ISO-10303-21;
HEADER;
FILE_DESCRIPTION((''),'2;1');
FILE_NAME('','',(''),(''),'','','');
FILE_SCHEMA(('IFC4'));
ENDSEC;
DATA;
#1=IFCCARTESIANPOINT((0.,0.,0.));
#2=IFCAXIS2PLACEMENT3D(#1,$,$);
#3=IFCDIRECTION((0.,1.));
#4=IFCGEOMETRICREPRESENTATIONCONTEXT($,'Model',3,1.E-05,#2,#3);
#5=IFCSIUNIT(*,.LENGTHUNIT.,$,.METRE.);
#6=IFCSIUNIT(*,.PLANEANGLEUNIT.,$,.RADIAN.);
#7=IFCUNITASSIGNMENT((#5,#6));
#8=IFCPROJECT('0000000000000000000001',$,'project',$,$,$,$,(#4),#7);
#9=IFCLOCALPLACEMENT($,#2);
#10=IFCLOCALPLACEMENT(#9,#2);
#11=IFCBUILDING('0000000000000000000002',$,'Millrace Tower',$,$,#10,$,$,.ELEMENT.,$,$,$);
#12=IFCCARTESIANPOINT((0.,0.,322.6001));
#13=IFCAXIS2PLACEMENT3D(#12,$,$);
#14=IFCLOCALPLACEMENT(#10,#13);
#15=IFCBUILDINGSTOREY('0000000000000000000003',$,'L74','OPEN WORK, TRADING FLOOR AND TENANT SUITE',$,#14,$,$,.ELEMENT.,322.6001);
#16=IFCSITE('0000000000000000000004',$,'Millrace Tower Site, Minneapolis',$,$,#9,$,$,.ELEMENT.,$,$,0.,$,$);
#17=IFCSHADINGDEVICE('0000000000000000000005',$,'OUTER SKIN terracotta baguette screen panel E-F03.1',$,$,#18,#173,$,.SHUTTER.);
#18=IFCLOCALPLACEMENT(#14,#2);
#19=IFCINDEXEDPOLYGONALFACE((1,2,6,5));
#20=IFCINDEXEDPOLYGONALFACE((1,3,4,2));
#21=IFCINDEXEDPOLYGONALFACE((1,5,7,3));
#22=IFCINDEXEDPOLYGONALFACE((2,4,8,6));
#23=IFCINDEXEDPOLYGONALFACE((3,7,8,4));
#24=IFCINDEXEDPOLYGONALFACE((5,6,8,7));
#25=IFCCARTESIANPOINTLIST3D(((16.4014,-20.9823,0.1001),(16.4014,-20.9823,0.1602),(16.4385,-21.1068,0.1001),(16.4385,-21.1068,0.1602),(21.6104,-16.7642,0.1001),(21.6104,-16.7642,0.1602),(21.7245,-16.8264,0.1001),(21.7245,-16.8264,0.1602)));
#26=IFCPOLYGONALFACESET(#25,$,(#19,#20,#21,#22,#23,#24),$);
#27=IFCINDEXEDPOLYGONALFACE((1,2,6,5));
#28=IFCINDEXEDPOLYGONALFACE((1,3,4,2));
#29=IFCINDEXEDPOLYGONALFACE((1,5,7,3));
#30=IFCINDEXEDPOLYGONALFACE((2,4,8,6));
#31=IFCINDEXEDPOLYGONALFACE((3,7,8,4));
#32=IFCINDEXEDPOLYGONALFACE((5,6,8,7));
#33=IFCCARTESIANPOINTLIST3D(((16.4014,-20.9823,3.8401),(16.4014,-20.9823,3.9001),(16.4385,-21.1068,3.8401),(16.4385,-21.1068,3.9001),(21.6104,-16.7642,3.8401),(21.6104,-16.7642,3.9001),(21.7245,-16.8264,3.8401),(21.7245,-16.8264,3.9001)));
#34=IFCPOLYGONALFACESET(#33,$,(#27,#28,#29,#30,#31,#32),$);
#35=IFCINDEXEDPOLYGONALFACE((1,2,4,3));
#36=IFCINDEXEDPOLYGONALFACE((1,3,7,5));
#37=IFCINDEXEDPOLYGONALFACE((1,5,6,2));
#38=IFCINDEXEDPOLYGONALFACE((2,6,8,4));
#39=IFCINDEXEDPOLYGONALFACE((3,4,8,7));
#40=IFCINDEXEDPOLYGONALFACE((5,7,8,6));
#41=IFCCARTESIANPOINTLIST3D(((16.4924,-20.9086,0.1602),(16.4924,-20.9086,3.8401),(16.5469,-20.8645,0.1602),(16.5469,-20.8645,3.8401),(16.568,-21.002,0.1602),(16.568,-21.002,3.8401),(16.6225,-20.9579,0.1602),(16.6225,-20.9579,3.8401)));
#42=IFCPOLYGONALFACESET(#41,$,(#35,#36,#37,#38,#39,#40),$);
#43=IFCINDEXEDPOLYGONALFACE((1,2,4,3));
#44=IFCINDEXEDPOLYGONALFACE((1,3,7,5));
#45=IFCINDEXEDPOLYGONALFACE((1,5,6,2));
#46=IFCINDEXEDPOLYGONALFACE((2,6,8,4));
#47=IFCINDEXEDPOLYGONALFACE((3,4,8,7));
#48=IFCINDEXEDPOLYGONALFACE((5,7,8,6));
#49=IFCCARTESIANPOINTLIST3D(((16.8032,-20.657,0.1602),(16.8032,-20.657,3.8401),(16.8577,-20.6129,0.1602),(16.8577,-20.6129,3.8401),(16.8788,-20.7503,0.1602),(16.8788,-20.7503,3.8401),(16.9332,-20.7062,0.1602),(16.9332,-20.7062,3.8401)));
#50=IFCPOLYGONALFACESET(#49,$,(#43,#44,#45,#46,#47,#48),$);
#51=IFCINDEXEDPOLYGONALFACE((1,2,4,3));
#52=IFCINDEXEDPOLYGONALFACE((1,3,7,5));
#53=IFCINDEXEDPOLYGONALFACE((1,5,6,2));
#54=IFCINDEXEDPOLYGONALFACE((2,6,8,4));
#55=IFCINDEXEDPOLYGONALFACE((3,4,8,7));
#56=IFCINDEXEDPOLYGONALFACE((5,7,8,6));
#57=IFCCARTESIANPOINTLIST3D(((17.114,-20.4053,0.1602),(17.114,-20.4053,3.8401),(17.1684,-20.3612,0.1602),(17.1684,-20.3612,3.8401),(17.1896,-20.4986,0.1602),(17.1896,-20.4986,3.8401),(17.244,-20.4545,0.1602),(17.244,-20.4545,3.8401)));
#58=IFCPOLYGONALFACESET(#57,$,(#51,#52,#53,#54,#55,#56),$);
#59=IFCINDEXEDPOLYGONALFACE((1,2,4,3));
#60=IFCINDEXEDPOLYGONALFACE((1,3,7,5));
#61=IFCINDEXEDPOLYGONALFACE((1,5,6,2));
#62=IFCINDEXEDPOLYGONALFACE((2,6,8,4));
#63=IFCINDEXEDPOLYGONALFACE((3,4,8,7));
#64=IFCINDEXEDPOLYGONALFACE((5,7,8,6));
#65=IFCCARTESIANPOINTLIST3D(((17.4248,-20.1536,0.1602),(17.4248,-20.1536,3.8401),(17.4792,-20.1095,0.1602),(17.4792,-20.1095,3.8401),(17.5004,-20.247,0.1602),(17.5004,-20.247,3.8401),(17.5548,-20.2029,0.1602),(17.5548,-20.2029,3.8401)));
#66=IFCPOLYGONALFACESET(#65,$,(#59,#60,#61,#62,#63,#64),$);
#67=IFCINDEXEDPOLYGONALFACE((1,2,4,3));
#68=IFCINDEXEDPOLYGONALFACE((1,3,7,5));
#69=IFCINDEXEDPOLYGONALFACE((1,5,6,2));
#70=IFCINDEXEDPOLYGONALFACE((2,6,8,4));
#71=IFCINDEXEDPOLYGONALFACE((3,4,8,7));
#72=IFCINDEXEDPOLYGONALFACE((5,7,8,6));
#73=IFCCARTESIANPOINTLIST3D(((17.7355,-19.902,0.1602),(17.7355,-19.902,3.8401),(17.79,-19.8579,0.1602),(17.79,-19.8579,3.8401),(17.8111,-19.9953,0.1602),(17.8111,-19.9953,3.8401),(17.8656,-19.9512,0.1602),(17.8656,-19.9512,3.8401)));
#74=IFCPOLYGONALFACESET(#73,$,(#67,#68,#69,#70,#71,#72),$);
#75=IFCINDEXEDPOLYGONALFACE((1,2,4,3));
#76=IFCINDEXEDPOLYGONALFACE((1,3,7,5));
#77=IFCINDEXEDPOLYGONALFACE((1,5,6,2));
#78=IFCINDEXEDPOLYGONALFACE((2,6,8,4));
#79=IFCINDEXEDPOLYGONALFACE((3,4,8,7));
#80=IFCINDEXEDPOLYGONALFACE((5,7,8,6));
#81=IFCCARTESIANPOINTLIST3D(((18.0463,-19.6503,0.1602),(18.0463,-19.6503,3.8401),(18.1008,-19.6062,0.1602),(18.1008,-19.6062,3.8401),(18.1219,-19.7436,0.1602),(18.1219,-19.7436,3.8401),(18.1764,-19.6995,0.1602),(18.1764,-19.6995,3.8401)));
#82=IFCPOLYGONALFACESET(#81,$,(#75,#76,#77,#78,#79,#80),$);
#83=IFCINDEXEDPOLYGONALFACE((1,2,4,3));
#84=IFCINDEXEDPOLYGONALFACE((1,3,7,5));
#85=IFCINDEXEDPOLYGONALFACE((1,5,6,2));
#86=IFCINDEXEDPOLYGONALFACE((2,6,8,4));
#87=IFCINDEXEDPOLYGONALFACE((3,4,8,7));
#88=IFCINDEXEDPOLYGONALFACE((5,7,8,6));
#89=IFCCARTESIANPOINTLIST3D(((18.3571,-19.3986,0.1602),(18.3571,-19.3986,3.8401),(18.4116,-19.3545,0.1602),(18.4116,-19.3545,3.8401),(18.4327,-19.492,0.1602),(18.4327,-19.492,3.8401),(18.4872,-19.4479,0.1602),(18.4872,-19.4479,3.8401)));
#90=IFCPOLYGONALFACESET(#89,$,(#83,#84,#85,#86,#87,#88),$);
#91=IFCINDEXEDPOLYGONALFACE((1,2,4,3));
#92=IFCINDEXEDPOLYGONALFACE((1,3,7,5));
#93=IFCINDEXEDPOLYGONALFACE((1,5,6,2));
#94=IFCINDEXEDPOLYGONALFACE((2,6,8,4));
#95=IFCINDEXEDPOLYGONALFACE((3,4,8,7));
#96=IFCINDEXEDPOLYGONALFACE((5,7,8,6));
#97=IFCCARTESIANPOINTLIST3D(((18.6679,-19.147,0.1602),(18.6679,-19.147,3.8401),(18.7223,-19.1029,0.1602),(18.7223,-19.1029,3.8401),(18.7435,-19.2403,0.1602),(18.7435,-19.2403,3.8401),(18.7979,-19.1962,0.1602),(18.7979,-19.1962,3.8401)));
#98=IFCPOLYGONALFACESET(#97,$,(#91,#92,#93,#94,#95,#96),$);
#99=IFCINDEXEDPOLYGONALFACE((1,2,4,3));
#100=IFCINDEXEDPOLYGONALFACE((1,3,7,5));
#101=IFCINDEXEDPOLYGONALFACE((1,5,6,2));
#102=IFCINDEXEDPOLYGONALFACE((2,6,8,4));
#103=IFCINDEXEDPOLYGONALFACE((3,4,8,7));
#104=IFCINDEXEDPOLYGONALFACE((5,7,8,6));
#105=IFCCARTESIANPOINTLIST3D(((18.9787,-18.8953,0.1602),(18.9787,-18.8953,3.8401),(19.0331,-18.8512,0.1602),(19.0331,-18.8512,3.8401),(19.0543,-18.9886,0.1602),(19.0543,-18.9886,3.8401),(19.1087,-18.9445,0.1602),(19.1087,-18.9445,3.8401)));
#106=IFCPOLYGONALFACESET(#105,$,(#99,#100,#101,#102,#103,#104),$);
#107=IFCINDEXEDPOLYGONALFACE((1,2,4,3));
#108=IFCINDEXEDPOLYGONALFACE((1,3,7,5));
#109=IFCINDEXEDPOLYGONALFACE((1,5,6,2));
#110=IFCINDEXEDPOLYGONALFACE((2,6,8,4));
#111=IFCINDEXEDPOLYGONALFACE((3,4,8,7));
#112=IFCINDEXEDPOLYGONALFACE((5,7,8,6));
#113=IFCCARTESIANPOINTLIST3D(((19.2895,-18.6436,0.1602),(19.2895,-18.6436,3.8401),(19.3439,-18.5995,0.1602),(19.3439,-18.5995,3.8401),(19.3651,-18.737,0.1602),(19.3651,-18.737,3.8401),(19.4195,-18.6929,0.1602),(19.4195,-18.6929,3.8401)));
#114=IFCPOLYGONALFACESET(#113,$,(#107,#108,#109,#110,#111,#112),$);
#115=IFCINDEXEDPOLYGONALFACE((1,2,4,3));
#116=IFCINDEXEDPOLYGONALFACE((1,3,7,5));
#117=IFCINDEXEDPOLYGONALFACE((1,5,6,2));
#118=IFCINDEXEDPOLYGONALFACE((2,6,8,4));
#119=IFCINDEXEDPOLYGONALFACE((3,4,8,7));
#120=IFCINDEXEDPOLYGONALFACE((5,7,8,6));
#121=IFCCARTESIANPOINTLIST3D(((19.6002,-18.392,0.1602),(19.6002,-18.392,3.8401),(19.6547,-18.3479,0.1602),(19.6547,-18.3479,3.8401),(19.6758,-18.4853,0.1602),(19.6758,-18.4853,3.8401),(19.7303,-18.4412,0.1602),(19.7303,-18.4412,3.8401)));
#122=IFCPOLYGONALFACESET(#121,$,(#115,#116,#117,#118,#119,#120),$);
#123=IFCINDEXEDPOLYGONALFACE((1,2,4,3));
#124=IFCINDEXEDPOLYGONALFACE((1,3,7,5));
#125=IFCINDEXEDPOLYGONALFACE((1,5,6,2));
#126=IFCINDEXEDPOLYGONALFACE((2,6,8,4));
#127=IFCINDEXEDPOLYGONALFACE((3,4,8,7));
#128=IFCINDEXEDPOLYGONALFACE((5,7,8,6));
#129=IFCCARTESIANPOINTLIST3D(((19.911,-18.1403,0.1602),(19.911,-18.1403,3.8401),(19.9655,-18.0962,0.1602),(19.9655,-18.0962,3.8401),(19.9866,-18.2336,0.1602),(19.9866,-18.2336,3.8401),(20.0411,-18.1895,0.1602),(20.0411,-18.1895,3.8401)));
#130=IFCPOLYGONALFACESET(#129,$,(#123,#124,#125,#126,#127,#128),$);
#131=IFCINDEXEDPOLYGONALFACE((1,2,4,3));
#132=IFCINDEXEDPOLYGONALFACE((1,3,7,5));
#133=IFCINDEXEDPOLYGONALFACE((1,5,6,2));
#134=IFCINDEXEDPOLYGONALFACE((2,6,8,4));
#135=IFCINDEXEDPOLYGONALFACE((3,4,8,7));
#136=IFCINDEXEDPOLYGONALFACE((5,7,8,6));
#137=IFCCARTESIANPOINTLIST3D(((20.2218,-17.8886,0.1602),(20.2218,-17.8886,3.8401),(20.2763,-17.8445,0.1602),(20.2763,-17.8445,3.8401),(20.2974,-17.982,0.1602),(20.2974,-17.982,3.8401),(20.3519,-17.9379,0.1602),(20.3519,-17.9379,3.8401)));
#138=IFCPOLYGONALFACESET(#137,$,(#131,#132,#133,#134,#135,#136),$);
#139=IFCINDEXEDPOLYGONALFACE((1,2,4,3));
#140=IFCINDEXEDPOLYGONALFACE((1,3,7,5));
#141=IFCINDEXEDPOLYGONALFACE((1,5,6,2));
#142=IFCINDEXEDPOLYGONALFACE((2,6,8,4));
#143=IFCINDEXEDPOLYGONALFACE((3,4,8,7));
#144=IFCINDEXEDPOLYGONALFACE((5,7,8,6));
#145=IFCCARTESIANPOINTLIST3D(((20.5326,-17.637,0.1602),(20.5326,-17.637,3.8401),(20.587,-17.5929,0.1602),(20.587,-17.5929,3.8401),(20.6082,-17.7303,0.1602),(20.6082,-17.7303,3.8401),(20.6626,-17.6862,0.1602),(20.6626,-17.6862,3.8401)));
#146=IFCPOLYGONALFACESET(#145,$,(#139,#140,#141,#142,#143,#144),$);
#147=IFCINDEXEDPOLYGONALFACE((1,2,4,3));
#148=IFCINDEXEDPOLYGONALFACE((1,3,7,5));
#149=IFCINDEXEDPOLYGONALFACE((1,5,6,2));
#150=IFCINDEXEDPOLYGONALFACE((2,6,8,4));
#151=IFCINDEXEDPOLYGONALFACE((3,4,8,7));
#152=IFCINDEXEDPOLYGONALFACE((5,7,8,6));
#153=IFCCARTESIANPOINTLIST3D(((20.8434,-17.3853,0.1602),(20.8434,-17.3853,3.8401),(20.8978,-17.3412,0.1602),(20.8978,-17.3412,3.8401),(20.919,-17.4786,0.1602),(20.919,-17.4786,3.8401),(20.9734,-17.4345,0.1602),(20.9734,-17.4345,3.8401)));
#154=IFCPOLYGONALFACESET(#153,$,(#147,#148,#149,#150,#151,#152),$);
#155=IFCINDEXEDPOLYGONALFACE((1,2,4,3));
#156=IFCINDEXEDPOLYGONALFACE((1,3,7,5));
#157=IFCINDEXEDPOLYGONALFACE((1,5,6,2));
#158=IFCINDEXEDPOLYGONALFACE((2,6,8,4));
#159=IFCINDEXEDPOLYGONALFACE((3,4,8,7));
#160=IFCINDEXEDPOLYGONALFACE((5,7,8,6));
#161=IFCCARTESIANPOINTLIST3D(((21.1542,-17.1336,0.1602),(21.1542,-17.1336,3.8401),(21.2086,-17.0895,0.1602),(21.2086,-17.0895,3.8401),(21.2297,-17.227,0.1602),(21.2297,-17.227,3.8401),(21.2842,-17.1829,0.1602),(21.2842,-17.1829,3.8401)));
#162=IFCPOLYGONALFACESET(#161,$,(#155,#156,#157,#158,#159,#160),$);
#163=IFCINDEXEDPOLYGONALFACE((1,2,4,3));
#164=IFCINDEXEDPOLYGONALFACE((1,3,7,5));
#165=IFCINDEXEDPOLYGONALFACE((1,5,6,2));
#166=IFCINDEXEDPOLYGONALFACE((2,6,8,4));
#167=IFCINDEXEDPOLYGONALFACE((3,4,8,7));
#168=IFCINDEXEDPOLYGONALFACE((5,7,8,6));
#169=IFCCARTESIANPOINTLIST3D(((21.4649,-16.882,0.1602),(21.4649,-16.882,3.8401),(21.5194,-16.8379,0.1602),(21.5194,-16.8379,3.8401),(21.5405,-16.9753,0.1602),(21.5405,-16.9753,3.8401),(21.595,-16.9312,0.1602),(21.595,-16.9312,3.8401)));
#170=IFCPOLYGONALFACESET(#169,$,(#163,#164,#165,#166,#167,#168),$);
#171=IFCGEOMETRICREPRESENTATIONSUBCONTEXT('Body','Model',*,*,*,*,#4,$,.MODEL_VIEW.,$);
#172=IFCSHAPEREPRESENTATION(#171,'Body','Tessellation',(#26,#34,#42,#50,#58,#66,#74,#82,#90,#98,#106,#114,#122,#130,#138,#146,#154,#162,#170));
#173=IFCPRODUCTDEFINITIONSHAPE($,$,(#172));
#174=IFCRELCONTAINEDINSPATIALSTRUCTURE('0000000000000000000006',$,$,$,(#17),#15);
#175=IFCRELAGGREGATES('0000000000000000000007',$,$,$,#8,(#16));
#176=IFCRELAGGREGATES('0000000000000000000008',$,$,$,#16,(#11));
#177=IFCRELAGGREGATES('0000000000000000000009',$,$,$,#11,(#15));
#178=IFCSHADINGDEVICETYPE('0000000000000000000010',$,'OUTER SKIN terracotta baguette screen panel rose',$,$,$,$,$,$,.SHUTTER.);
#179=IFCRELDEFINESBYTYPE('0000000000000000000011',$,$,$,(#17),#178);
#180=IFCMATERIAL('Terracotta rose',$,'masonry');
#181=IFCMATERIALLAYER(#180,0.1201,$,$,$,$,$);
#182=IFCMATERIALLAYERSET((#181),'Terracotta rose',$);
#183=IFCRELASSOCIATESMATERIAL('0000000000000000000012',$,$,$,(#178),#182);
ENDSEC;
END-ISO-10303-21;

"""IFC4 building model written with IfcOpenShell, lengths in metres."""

from ifc_helpers import new_model, entity, si_unit, direction, frame, frame_2d, origin, origin_2d, place, context, subcontext, project, spatial, rectangle, extrude, source, transform, mapped, material, layer, layer_set, type_object, element, save


model = new_model("IFC4")

# Units and contexts
model_context = context("Model", 3, precision=1e-05, world=origin(), true_north=direction((0.0, 1.0)))
body_context = subcontext(model_context, "Body", "Model", "MODEL_VIEW")
ifc_project = project(units=[si_unit("LENGTHUNIT", "METRE"), si_unit("PLANEANGLEUNIT", "RADIAN")], contexts=[model_context])

# Site, building, storey
site_placement = place(None, origin())
site = spatial("IfcSite", under=ifc_project, at=site_placement, Name="Millrace Tower Site, Minneapolis", CompositionType="ELEMENT", RefElevation=0.0)
building_placement = place(site_placement, origin())
building = spatial("IfcBuilding", under=site, at=building_placement, Name="Millrace Tower", CompositionType="ELEMENT")
storey_placement = place(building_placement, frame((0.0, 0.0, 322.6001)))
storey = spatial("IfcBuildingStorey", under=building, at=storey_placement, Name="L74", Description="OPEN WORK, TRADING FLOOR AND TENANT SUITE", CompositionType="ELEMENT", Elevation=322.6001)

# Shading device
ifc_material_1 = material(Name="Terracotta rose", Category="masonry")
ifc_layer_1 = layer(ifc_material_1, 0.1201)
ifc_layer_set_1 = layer_set([ifc_layer_1], Name="Terracotta rose")
shading_device_type = type_object("IfcShadingDeviceType", Name="OUTER SKIN terracotta baguette screen panel rose", PredefinedType="SHUTTER", material=ifc_layer_set_1)
cartesian_point_1 = entity("IfcCartesianPoint", [-3.3513, 0.0601])
shared_polyline_1 = entity("IfcPolyline", [cartesian_point_1, entity("IfcCartesianPoint", [3.3513, 0.0601]), entity("IfcCartesianPoint", [3.4009, -0.0601]), entity("IfcCartesianPoint", [-3.4009, -0.0601]), cartesian_point_1])
shared_shape_1 = source(origin(), body_context, "Body", "SweptSolid", [
    entity("IfcExtrudedAreaSolid", entity("IfcArbitraryClosedProfileDef", "AREA", None, shared_polyline_1), entity("IfcAxis2Placement3D", entity("IfcCartesianPoint", [0.0, 0.0, 0.0])), entity("IfcDirection", [0.0, 0.0, 1.0]), 0.0601),
    entity("IfcExtrudedAreaSolid", entity("IfcArbitraryClosedProfileDef", "AREA", None, shared_polyline_1), entity("IfcAxis2Placement3D", entity("IfcCartesianPoint", [0.0, 0.0, 3.74])), entity("IfcDirection", [0.0, 0.0, 1.0]), 0.0601),
    extrude(rectangle(XDim=0.0701, YDim=0.1201, at=frame_2d((-3.1992, 0.0))), frame((0.0, 0.0, 0.0601)), (0.0, 0.0, 1.0), 3.6799),
    extrude(rectangle(XDim=0.0701, YDim=0.1201, at=frame_2d((-2.7993, 0.0))), frame((0.0, 0.0, 0.0601)), (0.0, 0.0, 1.0), 3.6799),
    extrude(rectangle(XDim=0.0701, YDim=0.1201, at=frame_2d((-2.3994, 0.0))), frame((0.0, 0.0, 0.0601)), (0.0, 0.0, 1.0), 3.6799),
    extrude(rectangle(XDim=0.0701, YDim=0.1201, at=frame_2d((-1.9995, 0.0))), frame((0.0, 0.0, 0.0601)), (0.0, 0.0, 1.0), 3.6799),
    extrude(rectangle(XDim=0.0701, YDim=0.1201, at=frame_2d((-1.5996, 0.0))), frame((0.0, 0.0, 0.0601)), (0.0, 0.0, 1.0), 3.6799),
    extrude(rectangle(XDim=0.0701, YDim=0.1201, at=frame_2d((-1.1997, 0.0))), frame((0.0, 0.0, 0.0601)), (0.0, 0.0, 1.0), 3.6799),
    extrude(rectangle(XDim=0.0701, YDim=0.1201, at=frame_2d((-0.7998, 0.0))), frame((0.0, 0.0, 0.0601)), (0.0, 0.0, 1.0), 3.6799),
    extrude(rectangle(XDim=0.0701, YDim=0.1201, at=frame_2d((-0.3999, 0.0))), frame((0.0, 0.0, 0.0601)), (0.0, 0.0, 1.0), 3.6799),
    extrude(rectangle(XDim=0.0701, YDim=0.1201, at=origin_2d()), frame((0.0, 0.0, 0.0601)), (0.0, 0.0, 1.0), 3.6799),
    extrude(rectangle(XDim=0.0701, YDim=0.1201, at=frame_2d((0.3999, 0.0))), frame((0.0, 0.0, 0.0601)), (0.0, 0.0, 1.0), 3.6799),
    extrude(rectangle(XDim=0.0701, YDim=0.1201, at=frame_2d((0.7998, 0.0))), frame((0.0, 0.0, 0.0601)), (0.0, 0.0, 1.0), 3.6799),
    extrude(rectangle(XDim=0.0701, YDim=0.1201, at=frame_2d((1.1997, 0.0))), frame((0.0, 0.0, 0.0601)), (0.0, 0.0, 1.0), 3.6799),
    extrude(rectangle(XDim=0.0701, YDim=0.1201, at=frame_2d((1.5996, 0.0))), frame((0.0, 0.0, 0.0601)), (0.0, 0.0, 1.0), 3.6799),
    extrude(rectangle(XDim=0.0701, YDim=0.1201, at=frame_2d((1.9995, 0.0))), frame((0.0, 0.0, 0.0601)), (0.0, 0.0, 1.0), 3.6799),
    extrude(rectangle(XDim=0.0701, YDim=0.1201, at=frame_2d((2.3994, 0.0))), frame((0.0, 0.0, 0.0601)), (0.0, 0.0, 1.0), 3.6799),
    extrude(rectangle(XDim=0.0701, YDim=0.1201, at=frame_2d((2.7993, 0.0))), frame((0.0, 0.0, 0.0601)), (0.0, 0.0, 1.0), 3.6799),
    extrude(rectangle(XDim=0.0701, YDim=0.1201, at=frame_2d((3.1992, 0.0))), frame((0.0, 0.0, 0.0601)), (0.0, 0.0, 1.0), 3.6799),
])
shading_device_1_placement = place(storey_placement, frame((19.0437, -18.9199, 0.1001), z_axis=(0.0, 0.0, 1.0), x_axis=(0.777146, 0.62932, 0.0)))
element("IfcShadingDevice", 1, at=shading_device_1_placement, inside=storey, type_object=shading_device_type, Name="OUTER SKIN terracotta baguette screen panel E-F03.1", PredefinedType="SHUTTER", context=body_context, shape_type="MappedRepresentation", body=[
    mapped(shared_shape_1, transform((0.0, 0.0, 0.0), scale=1.0)),
])

save(model, "model.ifc")
